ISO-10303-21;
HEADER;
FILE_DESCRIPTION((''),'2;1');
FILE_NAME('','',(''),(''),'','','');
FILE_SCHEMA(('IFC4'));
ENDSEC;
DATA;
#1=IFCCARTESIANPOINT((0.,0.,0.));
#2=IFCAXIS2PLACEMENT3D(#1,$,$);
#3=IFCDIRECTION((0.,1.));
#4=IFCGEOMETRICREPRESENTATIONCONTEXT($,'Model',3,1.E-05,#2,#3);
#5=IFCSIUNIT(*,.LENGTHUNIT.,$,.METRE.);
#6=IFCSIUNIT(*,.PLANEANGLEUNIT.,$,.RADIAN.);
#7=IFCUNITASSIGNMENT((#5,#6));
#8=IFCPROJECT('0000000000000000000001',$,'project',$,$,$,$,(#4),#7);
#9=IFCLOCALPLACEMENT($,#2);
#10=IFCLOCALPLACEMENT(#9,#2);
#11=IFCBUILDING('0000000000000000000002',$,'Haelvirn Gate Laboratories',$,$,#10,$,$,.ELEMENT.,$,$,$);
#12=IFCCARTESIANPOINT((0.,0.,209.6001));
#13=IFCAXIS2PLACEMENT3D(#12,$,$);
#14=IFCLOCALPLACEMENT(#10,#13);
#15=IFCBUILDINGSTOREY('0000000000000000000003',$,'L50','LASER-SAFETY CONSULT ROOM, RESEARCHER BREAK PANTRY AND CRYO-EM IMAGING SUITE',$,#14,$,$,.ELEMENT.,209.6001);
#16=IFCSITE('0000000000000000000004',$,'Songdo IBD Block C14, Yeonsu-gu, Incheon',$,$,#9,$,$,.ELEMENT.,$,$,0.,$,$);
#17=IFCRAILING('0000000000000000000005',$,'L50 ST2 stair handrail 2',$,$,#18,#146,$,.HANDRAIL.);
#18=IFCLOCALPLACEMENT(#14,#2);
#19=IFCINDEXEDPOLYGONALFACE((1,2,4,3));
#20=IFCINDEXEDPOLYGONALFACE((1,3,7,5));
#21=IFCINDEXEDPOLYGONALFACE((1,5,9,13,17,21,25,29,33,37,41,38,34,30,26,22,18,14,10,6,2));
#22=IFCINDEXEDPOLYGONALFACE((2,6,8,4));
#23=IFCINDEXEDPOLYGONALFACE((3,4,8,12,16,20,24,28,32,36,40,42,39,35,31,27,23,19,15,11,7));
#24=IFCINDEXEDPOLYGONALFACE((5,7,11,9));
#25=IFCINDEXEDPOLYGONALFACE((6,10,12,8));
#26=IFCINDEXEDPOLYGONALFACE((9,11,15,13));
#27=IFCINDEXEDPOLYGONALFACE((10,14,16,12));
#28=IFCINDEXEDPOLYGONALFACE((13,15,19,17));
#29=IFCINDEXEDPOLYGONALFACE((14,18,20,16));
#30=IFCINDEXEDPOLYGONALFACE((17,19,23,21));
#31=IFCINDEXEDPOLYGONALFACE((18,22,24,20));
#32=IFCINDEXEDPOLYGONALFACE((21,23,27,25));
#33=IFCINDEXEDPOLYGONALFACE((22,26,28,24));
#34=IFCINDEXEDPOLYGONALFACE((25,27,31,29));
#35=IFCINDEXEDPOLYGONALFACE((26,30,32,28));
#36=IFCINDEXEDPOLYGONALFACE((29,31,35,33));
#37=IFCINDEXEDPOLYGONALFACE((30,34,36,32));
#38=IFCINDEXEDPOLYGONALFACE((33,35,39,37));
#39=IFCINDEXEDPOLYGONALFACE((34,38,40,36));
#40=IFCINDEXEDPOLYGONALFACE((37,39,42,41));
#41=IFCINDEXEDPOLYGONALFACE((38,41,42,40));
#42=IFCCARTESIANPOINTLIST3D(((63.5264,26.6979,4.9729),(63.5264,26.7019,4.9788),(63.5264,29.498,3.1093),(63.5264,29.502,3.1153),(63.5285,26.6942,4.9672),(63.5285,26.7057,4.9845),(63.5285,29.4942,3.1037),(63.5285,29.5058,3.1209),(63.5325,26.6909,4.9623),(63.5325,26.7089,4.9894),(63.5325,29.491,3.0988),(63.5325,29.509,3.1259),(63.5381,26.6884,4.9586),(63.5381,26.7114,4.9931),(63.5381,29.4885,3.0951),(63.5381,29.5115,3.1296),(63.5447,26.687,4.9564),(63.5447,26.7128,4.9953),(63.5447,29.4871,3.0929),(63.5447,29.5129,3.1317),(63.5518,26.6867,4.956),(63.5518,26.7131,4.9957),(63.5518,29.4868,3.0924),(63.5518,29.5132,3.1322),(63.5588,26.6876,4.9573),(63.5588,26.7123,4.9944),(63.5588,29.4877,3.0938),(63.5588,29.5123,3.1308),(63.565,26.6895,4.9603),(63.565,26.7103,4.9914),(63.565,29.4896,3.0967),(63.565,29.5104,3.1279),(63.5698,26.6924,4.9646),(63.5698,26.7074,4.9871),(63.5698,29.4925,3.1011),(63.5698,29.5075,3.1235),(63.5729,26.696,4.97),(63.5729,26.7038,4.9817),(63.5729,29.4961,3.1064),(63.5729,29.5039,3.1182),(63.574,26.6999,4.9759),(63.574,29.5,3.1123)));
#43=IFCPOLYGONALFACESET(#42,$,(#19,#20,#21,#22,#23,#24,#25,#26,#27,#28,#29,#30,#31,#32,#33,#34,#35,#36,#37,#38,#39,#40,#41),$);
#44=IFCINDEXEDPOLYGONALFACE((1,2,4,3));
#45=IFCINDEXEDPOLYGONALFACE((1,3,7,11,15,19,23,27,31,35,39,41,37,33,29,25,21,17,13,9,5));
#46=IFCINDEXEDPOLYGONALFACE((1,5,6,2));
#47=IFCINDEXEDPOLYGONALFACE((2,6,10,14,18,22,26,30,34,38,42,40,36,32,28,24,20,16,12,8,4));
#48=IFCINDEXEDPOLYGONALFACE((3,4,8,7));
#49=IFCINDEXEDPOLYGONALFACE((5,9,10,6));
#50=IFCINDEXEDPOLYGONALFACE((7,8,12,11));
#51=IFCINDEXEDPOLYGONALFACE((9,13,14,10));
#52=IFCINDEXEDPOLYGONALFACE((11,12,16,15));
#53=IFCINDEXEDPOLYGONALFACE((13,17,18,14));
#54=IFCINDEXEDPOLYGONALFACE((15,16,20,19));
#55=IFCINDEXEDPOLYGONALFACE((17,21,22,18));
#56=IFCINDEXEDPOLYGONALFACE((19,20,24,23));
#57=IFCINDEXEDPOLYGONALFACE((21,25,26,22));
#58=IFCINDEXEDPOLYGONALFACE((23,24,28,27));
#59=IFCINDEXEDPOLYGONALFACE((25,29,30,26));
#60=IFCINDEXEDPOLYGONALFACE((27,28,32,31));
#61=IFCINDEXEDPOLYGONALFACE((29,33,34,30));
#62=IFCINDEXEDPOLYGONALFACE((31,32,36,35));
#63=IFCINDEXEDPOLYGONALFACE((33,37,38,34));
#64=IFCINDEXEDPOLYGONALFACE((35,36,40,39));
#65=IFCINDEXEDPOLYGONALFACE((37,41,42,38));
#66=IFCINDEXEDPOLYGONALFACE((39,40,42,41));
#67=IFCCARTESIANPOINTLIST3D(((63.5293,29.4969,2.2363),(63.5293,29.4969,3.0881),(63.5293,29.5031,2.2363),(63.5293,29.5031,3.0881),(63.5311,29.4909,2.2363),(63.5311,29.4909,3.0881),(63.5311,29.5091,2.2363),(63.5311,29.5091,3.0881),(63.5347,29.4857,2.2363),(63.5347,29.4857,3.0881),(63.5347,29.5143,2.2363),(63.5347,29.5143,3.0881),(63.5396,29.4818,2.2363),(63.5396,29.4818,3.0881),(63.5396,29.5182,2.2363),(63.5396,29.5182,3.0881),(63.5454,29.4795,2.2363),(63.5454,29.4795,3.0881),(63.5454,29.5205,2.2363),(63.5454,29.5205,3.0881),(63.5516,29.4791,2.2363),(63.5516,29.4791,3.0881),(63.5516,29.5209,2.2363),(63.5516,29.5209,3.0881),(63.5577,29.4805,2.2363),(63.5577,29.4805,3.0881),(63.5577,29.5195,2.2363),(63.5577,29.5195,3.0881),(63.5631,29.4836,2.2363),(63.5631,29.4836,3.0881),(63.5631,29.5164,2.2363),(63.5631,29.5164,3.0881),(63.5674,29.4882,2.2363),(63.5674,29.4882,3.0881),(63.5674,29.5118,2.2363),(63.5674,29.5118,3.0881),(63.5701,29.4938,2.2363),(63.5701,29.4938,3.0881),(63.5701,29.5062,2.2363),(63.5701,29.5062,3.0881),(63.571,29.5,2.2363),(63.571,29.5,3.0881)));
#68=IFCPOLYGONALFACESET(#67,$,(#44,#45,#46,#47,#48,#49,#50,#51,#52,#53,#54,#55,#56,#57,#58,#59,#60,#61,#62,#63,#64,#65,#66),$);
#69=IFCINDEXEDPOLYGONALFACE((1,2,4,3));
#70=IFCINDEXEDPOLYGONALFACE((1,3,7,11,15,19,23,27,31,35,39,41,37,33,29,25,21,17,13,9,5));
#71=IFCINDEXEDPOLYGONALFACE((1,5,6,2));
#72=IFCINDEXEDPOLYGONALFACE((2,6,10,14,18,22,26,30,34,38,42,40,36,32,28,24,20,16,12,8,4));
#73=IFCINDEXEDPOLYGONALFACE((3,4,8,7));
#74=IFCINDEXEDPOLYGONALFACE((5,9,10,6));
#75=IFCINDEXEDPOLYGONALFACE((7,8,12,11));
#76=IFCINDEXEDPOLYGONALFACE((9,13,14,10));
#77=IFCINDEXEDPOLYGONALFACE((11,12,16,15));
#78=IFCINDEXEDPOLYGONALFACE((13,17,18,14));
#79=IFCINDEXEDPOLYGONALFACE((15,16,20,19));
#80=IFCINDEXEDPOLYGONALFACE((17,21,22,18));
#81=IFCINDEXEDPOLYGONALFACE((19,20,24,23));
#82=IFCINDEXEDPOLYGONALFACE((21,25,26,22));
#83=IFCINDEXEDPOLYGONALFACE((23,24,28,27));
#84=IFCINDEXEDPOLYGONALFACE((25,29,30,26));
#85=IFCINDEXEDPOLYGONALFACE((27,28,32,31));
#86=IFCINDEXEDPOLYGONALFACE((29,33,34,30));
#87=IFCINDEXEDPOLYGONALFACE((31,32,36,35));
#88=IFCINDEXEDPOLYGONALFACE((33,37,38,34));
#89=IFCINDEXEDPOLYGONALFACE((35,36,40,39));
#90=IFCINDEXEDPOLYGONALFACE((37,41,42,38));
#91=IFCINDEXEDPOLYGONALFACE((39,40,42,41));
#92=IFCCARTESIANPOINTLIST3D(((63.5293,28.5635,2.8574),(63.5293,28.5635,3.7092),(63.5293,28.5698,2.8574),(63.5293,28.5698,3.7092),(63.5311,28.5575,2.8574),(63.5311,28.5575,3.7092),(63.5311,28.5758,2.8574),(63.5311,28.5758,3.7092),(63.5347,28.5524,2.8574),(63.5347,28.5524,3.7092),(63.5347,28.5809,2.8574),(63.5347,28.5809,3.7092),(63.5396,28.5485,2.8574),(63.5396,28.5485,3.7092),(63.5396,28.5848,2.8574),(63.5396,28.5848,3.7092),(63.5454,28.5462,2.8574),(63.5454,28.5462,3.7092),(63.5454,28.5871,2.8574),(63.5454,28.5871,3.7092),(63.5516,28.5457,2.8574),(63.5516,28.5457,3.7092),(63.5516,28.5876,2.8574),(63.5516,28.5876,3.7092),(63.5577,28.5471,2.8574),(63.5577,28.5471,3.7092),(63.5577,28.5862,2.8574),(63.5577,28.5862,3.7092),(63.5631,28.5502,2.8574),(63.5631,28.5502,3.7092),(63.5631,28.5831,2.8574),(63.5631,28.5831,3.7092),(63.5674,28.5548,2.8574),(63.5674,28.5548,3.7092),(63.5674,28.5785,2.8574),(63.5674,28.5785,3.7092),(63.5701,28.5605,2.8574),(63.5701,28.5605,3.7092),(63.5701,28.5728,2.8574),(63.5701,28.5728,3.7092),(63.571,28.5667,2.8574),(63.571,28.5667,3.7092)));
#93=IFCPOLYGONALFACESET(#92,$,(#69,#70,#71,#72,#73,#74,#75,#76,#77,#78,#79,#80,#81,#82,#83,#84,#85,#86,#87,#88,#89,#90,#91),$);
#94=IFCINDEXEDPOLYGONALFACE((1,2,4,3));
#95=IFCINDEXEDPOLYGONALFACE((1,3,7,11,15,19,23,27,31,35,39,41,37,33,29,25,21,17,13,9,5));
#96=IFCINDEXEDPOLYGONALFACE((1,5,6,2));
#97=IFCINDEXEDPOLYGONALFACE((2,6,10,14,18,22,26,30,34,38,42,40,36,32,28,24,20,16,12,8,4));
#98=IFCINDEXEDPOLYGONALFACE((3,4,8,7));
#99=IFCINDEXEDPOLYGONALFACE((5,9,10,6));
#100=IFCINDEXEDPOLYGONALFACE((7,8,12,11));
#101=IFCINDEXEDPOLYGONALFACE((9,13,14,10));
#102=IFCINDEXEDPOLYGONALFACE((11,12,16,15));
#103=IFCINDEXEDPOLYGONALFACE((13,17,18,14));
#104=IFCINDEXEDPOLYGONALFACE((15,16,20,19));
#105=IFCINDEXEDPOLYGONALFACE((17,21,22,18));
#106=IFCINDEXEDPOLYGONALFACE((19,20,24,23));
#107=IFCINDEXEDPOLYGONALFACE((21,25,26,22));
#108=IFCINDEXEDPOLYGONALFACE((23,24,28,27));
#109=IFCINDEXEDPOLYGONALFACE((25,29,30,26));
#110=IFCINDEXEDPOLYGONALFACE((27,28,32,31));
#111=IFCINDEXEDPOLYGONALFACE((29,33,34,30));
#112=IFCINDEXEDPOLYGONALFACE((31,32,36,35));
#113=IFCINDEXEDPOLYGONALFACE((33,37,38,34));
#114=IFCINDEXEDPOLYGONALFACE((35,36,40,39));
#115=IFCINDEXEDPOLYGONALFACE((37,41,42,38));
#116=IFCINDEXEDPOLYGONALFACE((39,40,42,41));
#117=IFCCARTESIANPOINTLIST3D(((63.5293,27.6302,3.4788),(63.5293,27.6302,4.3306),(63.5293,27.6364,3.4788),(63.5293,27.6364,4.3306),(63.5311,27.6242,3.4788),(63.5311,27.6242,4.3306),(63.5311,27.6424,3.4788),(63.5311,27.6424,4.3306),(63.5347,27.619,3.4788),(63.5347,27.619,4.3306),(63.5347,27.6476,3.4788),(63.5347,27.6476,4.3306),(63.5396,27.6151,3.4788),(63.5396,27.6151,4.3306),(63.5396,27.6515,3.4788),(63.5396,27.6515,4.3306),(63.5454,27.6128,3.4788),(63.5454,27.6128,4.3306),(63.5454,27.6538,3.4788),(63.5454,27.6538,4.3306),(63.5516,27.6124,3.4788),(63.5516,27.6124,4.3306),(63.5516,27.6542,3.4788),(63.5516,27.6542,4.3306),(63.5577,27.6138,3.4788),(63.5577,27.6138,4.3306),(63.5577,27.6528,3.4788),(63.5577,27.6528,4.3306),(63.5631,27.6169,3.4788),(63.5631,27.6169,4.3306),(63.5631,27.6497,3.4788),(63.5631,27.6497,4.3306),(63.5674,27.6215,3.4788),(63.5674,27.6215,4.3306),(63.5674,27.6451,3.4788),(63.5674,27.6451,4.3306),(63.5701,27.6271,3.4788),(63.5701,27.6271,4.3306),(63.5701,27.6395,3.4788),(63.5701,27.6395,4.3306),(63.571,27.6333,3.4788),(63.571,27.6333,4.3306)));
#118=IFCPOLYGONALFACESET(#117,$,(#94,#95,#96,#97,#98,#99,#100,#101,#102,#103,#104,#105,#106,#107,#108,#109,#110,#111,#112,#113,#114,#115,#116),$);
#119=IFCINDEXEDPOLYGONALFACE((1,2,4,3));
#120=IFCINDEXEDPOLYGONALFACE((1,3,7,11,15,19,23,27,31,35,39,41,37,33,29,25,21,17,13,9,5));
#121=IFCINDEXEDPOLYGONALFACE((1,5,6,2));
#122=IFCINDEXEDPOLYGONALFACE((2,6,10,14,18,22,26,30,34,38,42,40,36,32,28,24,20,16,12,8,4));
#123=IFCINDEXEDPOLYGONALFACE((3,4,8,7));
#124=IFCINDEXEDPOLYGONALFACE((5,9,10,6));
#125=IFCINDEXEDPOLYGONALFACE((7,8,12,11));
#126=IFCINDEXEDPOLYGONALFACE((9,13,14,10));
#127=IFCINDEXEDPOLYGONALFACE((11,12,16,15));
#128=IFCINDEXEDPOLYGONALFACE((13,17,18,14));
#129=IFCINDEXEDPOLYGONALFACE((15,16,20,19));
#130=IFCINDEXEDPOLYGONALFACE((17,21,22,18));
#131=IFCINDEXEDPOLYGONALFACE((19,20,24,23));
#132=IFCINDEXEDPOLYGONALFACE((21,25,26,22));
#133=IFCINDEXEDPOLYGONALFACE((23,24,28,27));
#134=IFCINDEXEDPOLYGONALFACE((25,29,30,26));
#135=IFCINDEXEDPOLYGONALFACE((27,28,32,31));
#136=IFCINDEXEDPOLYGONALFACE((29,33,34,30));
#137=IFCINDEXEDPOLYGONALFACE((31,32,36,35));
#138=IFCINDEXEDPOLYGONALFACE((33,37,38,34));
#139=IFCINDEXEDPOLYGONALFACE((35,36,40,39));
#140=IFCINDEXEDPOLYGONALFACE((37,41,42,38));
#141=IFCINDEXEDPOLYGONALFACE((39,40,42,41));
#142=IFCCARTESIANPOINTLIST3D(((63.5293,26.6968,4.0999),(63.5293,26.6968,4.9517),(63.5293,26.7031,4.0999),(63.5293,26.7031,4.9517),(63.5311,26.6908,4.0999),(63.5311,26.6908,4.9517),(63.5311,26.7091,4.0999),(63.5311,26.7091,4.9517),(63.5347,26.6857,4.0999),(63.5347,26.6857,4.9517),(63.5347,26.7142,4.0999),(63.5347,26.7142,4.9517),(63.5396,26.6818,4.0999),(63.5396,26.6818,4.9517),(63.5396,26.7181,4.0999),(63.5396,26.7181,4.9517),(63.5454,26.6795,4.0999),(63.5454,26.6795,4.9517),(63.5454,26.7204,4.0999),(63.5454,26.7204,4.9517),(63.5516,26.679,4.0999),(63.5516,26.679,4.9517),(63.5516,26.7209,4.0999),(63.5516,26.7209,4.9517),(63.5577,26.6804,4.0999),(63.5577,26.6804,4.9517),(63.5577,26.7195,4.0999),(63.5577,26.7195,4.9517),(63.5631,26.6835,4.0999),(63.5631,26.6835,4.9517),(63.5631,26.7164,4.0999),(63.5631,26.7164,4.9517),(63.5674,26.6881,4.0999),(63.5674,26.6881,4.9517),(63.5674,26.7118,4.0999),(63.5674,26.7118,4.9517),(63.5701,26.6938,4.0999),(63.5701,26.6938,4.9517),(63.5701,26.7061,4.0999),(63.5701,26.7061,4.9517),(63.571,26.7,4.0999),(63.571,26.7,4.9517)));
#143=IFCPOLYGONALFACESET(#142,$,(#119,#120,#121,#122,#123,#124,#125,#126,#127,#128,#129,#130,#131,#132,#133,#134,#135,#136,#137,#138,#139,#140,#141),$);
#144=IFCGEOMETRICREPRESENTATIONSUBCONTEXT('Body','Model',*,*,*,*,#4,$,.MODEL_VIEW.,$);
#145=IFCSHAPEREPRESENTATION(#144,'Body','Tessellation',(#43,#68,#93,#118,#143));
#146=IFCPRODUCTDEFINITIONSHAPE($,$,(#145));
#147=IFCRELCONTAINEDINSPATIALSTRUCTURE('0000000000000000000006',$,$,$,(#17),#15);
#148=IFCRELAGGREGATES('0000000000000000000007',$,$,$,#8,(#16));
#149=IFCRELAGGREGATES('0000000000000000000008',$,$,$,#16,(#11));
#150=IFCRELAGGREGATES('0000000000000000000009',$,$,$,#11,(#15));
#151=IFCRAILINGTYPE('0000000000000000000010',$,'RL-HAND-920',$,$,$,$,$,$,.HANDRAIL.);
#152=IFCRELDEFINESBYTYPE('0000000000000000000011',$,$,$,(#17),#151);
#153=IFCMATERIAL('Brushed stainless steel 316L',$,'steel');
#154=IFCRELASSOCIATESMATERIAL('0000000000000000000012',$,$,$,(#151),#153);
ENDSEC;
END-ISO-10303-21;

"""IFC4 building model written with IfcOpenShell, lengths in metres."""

from ifc_helpers import new_model, si_unit, direction, frame, origin, origin_2d, place, context, subcontext, project, spatial, circle, extrude, source, transform, mapped, material, type_object, element, save


model = new_model("IFC4")

# Units and contexts
model_context = context("Model", 3, precision=1e-05, world=origin(), true_north=direction((0.0, 1.0)))
body_context = subcontext(model_context, "Body", "Model", "MODEL_VIEW")
ifc_project = project(units=[si_unit("LENGTHUNIT", "METRE"), si_unit("PLANEANGLEUNIT", "RADIAN")], contexts=[model_context])

# Site, building, storey
site_placement = place(None, origin())
site = spatial("IfcSite", under=ifc_project, at=site_placement, Name="Songdo IBD Block C14, Yeonsu-gu, Incheon", CompositionType="ELEMENT", RefElevation=0.0)
building_placement = place(site_placement, origin())
building = spatial("IfcBuilding", under=site, at=building_placement, Name="Haelvirn Gate Laboratories", CompositionType="ELEMENT")
storey_placement = place(building_placement, frame((0.0, 0.0, 209.6001)))
storey = spatial("IfcBuildingStorey", under=building, at=storey_placement, Name="L50", Description="LASER-SAFETY CONSULT ROOM, RESEARCHER BREAK PANTRY AND CRYO-EM IMAGING SUITE", CompositionType="ELEMENT", Elevation=209.6001)

# Railing
ifc_material_1 = material(Name="Brushed stainless steel 316L", Category="steel")
railing_type_1 = type_object("IfcRailingType", Name="RL-HAND-920", PredefinedType="HANDRAIL", material=ifc_material_1)
shared_shape_1 = source(origin(), body_context, "Body", "SweptSolid", [
    extrude(circle(Radius=0.0239, at=origin_2d()), frame((0.0, 0.0, 0.876), z_axis=(0.0, -0.832486, 0.554047), x_axis=(1.0, 0.0, 0.0)), (0.0, 0.0, 1.0), 3.3635),
    extrude(circle(Radius=0.021, at=origin_2d()), origin(), (0.0, 0.0, 1.0), 0.8518),
    extrude(circle(Radius=0.021, at=origin_2d()), frame((0.0, -0.9333, 0.6211)), (0.0, 0.0, 1.0), 0.8518),
    extrude(circle(Radius=0.021, at=origin_2d()), frame((0.0, -1.8667, 1.2424)), (0.0, 0.0, 1.0), 0.8518),
    extrude(circle(Radius=0.021, at=origin_2d()), frame((0.0, -2.8, 1.8635)), (0.0, 0.0, 1.0), 0.8518),
])
railing_1_placement = place(storey_placement, frame((63.55, 29.5, 2.2363)))
element("IfcRailing", 1, at=railing_1_placement, inside=storey, type_object=railing_type_1, Name="L50 ST2 stair handrail 2", PredefinedType="HANDRAIL", context=body_context, shape_type="MappedRepresentation", body=[
    mapped(shared_shape_1, transform((0.0, 0.0, 0.0), scale=1.0)),
])

save(model, "model.ifc")
